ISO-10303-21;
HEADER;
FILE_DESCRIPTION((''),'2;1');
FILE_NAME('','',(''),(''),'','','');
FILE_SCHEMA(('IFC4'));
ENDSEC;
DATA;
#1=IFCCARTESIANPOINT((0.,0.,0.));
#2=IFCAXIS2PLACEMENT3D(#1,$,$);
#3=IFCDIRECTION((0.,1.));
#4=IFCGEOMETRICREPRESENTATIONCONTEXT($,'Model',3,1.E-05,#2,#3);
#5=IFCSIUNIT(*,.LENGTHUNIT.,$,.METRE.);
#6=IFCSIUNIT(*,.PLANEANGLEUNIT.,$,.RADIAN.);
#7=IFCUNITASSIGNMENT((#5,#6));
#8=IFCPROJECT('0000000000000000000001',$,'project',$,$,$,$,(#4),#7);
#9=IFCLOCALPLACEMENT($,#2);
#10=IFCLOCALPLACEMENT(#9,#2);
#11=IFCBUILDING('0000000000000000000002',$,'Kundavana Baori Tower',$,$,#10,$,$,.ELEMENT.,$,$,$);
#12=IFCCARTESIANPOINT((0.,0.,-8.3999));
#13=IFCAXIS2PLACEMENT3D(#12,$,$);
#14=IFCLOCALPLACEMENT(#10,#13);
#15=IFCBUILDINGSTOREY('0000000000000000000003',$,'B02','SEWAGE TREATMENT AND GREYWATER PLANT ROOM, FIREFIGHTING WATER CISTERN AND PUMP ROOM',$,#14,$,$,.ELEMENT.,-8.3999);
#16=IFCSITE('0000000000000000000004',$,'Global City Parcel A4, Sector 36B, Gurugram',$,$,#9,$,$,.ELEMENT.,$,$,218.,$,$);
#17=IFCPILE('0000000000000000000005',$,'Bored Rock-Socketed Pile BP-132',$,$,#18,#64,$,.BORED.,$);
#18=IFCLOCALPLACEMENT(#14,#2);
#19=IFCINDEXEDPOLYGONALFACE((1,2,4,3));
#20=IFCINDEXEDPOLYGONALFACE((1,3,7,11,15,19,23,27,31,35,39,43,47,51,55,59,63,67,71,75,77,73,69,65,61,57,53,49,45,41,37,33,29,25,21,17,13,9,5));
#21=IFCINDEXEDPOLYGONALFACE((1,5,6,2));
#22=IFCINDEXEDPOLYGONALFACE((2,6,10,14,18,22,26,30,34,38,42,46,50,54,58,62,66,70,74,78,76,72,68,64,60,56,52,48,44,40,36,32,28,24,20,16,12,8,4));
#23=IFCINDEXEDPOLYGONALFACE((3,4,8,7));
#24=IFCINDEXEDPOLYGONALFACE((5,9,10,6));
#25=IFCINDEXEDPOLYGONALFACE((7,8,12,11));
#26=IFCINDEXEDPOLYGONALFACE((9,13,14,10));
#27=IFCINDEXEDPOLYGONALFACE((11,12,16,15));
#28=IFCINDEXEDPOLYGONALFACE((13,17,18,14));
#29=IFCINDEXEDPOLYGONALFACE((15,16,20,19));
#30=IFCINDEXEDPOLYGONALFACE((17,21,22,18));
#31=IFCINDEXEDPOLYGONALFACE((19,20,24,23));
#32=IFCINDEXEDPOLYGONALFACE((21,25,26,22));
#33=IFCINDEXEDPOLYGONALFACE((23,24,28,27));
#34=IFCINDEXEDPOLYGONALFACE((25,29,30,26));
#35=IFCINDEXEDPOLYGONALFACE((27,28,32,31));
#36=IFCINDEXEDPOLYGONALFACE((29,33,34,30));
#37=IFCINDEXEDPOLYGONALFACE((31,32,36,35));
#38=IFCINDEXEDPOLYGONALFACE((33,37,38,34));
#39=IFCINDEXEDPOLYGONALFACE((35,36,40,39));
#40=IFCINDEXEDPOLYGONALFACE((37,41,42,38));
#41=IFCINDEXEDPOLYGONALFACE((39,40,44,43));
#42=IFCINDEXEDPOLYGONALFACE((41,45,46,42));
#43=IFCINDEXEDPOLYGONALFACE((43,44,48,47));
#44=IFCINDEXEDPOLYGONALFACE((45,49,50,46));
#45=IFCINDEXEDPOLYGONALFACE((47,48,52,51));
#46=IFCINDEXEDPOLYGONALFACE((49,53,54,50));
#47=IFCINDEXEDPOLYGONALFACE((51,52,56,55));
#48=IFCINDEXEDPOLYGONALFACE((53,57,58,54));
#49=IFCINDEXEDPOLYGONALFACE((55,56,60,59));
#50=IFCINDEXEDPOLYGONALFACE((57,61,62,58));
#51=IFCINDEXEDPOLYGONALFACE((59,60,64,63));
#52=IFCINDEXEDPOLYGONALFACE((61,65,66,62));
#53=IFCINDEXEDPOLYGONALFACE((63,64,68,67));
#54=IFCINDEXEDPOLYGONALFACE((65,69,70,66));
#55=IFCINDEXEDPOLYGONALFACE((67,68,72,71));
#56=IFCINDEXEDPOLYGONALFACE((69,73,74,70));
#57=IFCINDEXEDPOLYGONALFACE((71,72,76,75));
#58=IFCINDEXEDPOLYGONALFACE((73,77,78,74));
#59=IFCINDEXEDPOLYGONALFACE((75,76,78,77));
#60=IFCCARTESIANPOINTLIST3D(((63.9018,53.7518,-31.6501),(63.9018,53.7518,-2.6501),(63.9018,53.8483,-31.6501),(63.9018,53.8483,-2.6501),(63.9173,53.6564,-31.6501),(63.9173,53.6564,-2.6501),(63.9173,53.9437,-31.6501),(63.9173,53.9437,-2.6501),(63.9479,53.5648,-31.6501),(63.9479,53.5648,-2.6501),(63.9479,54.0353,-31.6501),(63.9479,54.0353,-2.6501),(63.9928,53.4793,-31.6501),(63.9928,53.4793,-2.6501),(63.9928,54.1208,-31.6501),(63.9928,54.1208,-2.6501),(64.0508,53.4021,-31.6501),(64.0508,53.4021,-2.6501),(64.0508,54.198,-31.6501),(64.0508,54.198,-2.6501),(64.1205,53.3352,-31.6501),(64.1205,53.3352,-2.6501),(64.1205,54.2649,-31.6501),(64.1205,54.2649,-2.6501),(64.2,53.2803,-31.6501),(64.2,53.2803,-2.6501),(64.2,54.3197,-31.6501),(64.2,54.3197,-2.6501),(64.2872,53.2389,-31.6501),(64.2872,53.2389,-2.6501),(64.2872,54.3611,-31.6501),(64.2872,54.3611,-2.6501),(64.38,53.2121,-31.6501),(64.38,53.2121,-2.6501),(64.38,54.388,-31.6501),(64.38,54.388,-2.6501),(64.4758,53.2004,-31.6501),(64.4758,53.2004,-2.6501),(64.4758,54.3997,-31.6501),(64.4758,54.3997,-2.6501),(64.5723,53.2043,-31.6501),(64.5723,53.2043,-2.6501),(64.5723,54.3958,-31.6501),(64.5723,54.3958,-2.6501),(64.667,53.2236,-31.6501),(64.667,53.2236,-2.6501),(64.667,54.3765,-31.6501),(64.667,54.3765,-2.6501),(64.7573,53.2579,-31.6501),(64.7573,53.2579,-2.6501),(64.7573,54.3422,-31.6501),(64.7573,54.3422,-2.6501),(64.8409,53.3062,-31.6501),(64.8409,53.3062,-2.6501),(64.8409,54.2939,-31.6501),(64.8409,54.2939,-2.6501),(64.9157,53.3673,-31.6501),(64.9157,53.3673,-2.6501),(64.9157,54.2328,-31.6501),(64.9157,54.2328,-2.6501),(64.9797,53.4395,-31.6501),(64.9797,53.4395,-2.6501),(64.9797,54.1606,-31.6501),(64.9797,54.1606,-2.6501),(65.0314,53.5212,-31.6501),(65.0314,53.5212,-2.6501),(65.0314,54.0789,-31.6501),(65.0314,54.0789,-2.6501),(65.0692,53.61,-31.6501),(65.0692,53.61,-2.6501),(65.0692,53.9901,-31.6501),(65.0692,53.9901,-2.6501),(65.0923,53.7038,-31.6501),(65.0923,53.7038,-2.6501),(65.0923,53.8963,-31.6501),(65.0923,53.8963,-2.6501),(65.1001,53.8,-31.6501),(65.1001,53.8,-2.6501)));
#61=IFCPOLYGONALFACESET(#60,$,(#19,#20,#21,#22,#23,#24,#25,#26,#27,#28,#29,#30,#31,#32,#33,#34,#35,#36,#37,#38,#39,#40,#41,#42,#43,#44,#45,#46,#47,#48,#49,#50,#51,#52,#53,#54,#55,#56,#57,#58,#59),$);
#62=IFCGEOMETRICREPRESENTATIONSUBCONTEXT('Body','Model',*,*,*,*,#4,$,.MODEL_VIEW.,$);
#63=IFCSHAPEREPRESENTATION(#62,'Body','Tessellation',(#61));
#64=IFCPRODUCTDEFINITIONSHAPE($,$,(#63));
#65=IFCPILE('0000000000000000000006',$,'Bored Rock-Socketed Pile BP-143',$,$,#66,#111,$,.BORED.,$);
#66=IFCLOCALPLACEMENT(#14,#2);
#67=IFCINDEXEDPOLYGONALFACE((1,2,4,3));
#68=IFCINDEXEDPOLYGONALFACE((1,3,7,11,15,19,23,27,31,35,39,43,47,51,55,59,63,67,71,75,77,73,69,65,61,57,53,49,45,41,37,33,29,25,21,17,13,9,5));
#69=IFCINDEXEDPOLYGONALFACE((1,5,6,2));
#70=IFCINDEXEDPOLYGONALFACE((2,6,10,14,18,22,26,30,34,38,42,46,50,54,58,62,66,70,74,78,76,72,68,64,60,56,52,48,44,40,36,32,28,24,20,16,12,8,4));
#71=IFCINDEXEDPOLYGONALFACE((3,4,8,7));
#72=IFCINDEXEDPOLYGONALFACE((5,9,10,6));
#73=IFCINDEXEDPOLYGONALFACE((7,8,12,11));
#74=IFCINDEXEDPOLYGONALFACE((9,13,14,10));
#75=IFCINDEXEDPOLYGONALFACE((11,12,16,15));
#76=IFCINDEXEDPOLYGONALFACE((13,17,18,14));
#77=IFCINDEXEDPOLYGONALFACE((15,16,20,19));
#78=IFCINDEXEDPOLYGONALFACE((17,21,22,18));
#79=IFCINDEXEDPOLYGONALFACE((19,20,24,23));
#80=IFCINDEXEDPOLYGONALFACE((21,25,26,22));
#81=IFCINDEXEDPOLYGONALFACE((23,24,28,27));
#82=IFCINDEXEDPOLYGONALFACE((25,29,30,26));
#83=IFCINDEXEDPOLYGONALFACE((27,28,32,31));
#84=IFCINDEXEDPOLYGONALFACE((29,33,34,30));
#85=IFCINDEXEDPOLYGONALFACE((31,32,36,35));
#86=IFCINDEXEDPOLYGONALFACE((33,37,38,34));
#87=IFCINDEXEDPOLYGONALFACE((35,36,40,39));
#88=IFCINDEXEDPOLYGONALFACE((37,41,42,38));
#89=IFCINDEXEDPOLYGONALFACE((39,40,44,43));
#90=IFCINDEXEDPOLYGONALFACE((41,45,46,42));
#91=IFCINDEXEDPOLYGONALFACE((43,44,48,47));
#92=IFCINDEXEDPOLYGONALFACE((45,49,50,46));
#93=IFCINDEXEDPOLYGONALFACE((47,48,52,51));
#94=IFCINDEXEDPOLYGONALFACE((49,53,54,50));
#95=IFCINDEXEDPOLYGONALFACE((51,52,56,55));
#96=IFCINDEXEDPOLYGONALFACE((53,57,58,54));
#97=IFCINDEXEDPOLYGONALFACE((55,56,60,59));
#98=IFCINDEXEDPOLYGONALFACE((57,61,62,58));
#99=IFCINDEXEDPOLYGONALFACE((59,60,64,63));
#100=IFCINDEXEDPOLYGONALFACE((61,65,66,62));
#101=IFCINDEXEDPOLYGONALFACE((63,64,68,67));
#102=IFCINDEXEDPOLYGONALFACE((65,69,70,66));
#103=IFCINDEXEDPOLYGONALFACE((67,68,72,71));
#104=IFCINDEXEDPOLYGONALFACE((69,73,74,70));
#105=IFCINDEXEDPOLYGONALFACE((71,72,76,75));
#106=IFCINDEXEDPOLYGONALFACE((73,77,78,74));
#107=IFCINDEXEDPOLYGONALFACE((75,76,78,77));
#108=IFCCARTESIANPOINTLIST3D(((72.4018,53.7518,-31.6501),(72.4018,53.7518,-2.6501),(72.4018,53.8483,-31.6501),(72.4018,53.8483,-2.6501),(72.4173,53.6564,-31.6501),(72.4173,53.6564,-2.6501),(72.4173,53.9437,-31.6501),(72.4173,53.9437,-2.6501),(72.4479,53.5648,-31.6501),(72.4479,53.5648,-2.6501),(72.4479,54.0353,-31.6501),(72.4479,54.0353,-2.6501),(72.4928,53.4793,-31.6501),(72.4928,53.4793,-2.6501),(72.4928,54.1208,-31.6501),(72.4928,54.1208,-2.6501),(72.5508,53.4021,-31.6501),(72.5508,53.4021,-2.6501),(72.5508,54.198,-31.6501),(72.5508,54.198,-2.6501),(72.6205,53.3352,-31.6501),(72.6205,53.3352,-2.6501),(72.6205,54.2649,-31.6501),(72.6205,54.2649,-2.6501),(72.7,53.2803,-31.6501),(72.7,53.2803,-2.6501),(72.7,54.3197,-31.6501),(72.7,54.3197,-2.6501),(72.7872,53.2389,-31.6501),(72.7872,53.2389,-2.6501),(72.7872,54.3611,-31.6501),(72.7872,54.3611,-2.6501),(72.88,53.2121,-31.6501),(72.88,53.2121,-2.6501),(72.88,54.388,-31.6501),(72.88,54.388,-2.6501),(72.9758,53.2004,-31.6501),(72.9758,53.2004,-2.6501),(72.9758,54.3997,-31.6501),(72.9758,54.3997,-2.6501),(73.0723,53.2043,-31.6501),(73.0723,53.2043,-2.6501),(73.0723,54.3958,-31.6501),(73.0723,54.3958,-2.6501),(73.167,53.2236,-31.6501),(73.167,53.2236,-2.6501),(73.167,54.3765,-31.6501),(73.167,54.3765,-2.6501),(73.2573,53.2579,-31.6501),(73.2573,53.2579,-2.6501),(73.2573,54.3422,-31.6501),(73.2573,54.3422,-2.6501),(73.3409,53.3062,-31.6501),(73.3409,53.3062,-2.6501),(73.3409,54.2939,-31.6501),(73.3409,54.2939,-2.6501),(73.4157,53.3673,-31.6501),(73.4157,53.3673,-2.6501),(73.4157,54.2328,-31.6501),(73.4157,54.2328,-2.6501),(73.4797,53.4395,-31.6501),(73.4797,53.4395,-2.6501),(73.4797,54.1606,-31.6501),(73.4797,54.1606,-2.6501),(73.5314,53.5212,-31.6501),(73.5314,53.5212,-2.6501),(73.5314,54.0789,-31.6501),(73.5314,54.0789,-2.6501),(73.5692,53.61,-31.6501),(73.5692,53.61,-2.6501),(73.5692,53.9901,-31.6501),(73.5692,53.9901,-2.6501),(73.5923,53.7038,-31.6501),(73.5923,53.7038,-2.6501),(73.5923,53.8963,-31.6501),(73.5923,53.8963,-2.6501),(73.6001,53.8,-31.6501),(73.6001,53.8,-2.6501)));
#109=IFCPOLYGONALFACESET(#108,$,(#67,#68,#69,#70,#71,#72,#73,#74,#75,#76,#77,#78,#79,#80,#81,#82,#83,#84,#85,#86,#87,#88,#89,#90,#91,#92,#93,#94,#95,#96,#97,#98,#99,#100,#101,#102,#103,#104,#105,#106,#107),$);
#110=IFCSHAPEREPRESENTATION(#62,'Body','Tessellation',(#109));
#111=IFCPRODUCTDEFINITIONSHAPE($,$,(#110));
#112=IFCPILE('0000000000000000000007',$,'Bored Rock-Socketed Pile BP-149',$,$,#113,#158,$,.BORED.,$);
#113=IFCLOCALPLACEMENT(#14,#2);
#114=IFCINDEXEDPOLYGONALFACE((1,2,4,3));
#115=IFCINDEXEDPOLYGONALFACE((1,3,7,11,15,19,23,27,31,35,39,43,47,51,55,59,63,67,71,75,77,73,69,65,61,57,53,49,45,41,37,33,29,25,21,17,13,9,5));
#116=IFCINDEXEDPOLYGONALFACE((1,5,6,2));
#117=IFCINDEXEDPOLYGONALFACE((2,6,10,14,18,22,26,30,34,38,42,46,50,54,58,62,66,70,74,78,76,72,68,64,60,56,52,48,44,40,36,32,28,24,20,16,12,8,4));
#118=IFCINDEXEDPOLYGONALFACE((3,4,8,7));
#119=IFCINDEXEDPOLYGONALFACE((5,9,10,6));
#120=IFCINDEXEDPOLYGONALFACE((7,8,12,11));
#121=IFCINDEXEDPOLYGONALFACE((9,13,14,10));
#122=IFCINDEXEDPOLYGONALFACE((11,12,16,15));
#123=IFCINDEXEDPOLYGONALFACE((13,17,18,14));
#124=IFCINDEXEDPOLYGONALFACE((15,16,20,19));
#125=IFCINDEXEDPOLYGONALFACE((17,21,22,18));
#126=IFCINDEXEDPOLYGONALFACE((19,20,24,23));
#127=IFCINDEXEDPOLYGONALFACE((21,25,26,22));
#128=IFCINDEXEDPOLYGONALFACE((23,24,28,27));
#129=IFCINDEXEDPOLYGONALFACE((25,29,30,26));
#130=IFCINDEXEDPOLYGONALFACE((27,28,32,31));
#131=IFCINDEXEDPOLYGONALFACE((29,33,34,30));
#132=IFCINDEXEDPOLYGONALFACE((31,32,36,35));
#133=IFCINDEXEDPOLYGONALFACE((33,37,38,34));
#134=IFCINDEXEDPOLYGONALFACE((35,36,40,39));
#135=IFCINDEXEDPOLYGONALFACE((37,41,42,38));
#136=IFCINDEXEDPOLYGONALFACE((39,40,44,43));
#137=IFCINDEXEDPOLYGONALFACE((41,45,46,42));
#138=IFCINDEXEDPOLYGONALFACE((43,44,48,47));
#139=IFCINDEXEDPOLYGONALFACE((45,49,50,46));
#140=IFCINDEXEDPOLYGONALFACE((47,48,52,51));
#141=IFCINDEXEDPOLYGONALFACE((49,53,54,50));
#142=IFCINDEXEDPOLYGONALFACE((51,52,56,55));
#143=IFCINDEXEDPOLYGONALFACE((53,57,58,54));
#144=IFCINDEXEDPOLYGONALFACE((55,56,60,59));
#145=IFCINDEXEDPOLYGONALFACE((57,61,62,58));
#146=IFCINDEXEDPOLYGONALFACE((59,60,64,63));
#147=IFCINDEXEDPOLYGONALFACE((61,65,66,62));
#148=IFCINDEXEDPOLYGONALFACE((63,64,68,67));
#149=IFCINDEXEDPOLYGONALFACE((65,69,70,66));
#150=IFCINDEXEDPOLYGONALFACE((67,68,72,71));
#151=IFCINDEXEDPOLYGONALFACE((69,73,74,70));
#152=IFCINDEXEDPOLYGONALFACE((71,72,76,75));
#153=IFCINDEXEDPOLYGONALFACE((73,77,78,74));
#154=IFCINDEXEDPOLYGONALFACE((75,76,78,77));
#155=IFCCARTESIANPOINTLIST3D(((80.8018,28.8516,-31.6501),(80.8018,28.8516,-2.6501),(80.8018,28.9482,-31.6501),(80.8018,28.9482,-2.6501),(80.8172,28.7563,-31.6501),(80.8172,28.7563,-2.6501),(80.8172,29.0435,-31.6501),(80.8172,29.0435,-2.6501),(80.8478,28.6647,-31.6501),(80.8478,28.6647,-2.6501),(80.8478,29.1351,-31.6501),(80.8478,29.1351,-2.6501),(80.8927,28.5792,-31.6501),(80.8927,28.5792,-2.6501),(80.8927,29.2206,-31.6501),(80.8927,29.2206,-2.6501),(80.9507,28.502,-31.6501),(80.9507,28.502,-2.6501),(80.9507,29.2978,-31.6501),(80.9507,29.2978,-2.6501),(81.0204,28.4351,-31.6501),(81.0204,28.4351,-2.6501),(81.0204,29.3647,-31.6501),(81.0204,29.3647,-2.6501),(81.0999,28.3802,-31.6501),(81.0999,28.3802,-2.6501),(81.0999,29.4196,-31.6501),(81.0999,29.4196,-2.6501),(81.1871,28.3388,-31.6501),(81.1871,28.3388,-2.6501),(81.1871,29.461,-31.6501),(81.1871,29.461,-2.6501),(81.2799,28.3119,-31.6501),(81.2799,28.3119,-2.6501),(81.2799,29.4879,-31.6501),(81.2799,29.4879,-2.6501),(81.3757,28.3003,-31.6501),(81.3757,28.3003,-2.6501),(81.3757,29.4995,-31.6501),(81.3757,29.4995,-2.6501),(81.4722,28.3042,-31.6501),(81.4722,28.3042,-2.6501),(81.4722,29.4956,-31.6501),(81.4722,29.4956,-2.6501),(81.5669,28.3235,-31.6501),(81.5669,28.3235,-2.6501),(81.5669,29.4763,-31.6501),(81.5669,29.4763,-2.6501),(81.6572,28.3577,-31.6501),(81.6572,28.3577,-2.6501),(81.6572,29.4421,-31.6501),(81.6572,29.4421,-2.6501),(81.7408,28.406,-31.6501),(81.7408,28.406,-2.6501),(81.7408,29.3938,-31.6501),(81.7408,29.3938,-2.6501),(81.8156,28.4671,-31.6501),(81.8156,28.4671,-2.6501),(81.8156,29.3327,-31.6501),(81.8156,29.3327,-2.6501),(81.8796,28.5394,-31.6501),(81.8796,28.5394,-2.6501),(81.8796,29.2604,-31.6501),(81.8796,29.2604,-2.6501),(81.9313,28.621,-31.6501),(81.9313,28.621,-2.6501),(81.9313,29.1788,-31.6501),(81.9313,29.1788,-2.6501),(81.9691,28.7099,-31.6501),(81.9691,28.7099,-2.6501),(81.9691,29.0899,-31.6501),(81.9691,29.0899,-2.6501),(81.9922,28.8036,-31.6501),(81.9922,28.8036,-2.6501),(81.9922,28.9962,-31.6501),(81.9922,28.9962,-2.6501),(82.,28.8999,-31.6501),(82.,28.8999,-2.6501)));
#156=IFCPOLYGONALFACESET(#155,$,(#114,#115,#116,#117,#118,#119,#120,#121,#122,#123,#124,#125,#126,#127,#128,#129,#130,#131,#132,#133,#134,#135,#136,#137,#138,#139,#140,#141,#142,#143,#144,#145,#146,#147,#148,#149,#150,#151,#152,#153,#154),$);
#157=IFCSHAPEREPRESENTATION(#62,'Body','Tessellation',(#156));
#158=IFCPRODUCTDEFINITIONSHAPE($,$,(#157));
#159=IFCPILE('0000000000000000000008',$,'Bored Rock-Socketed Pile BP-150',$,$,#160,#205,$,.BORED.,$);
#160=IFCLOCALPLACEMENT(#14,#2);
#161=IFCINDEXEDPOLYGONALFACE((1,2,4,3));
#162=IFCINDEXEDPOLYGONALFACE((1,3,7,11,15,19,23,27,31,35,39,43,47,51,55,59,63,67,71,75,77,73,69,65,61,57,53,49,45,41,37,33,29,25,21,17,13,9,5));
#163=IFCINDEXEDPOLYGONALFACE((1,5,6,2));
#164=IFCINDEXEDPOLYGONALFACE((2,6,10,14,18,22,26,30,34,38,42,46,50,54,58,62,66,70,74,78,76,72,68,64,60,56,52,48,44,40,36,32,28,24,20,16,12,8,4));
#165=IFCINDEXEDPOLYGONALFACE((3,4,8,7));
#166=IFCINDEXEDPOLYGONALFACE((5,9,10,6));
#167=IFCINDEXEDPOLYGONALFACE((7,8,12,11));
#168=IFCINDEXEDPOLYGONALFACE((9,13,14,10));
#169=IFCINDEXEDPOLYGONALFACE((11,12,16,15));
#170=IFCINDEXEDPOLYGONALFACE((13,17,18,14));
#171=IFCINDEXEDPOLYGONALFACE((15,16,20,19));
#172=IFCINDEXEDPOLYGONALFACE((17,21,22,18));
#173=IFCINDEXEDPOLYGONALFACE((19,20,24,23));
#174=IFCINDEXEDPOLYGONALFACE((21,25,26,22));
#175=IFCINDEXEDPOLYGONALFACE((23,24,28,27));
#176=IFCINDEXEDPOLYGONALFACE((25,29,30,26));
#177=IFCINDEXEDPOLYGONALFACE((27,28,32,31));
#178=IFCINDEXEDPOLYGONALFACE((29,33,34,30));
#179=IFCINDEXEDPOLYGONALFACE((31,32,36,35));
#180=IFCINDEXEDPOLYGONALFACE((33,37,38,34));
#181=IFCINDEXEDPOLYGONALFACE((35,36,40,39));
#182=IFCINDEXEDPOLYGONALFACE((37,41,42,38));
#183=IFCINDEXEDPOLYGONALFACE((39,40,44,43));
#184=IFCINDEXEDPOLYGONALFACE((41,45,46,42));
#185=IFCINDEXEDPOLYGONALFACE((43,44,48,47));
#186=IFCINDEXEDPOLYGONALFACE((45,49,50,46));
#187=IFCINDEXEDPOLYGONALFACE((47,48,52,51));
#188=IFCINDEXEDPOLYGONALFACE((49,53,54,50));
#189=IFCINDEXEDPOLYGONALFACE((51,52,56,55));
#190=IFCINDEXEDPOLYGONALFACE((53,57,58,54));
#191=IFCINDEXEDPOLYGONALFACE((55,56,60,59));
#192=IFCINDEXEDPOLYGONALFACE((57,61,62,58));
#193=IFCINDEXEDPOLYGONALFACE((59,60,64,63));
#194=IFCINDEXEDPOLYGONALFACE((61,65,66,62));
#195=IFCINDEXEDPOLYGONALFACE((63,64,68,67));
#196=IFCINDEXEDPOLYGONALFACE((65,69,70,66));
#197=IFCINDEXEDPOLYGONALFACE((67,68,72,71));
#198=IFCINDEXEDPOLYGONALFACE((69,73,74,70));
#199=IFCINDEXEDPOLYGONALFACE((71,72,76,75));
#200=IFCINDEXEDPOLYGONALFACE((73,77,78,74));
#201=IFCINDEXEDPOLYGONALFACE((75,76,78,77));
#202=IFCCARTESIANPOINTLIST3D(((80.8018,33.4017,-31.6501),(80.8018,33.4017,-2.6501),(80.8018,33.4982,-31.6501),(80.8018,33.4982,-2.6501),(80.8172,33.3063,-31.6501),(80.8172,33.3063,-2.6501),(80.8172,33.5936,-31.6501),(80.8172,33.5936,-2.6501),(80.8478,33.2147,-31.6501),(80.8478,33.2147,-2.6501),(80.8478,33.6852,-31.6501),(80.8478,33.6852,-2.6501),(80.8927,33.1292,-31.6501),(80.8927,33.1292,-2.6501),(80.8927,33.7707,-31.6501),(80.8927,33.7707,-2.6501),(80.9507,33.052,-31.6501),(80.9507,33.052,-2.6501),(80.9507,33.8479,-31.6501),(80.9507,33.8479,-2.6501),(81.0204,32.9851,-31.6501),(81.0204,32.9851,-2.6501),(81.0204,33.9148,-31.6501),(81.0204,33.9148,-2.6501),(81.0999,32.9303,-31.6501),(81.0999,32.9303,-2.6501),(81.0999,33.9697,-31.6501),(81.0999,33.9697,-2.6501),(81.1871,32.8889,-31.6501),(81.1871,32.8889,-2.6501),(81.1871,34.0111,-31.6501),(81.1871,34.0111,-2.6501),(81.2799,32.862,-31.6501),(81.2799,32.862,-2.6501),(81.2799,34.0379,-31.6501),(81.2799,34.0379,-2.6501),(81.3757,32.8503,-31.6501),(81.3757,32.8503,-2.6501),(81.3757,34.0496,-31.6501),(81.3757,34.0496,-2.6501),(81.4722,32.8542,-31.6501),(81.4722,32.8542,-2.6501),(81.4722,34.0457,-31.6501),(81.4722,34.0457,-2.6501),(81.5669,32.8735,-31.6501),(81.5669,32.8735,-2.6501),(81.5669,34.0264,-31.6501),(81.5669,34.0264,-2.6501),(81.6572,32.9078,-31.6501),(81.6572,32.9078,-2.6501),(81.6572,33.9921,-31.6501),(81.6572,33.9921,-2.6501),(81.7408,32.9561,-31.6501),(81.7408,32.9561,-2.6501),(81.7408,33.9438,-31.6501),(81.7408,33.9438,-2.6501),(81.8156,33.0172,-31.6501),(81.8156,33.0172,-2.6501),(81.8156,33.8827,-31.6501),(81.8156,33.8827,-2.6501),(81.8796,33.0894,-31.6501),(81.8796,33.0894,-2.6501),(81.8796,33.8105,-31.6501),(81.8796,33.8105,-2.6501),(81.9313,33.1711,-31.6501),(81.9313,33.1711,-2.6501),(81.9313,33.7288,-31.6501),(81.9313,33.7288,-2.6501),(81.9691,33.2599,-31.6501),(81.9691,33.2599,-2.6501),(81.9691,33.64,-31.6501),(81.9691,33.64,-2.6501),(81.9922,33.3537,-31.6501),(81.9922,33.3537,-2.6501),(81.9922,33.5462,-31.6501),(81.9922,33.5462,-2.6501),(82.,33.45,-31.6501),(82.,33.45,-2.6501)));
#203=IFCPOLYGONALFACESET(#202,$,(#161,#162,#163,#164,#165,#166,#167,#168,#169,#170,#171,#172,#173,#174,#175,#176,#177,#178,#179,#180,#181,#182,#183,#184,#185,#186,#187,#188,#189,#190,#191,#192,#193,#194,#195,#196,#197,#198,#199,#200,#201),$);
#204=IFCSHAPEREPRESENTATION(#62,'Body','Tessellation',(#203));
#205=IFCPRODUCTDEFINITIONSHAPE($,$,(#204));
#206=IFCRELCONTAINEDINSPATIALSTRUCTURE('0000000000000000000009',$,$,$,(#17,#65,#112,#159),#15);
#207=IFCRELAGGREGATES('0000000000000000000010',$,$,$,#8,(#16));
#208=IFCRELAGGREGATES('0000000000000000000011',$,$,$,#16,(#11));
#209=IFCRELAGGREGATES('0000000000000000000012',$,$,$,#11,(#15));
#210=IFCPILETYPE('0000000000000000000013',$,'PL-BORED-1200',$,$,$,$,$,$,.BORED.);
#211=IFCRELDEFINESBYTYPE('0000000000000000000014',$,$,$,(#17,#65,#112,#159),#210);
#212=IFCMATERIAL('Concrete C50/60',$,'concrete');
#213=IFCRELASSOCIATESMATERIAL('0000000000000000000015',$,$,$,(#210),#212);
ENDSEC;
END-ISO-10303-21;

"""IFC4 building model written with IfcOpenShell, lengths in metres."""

from ifc_helpers import new_model, si_unit, direction, frame, origin, origin_2d, place, context, subcontext, project, spatial, circle, extrude, material, material_profile, profile_set, type_object, element, save


model = new_model("IFC4")

# Units and contexts
model_context = context("Model", 3, precision=1e-05, world=origin(), true_north=direction((0.0, 1.0)))
body_context = subcontext(model_context, "Body", "Model", "MODEL_VIEW")
ifc_project = project(units=[si_unit("LENGTHUNIT", "METRE"), si_unit("PLANEANGLEUNIT", "RADIAN")], contexts=[model_context])

# Site, building, storey
site_placement = place(None, origin())
site = spatial("IfcSite", under=ifc_project, at=site_placement, Name="Global City Parcel A4, Sector 36B, Gurugram", CompositionType="ELEMENT", RefElevation=218.0)
building_placement = place(site_placement, origin())
building = spatial("IfcBuilding", under=site, at=building_placement, Name="Kundavana Baori Tower", CompositionType="ELEMENT")
storey_placement = place(building_placement, frame((0.0, 0.0, -8.3999)))
storey = spatial("IfcBuildingStorey", under=building, at=storey_placement, Name="B02", Description="SEWAGE TREATMENT AND GREYWATER PLANT ROOM, FIREFIGHTING WATER CISTERN AND PUMP ROOM", CompositionType="ELEMENT", Elevation=-8.3999)

# Piles
ifc_material_1 = material(Name="Concrete C50/60", Category="concrete")
ifc_material_profile_1 = material_profile(ifc_material_1, circle(Radius=0.6001, at=origin_2d()), Name="BORED PILE D1200")
ifc_profile_set_1 = profile_set([ifc_material_profile_1], Name="Concrete C50/60")
pile_type_1 = type_object("IfcPileType", Name="PL-BORED-1200", PredefinedType="BORED", material=ifc_profile_set_1)
for number, where, z_axis, x_axis, name in (
    (1, (64.5, 53.8, -2.6501), (0.0, 0.0, -1.0), (1.0, 0.0, 0.0), "Bored Rock-Socketed Pile BP-132"),
    (2, (73.0, 53.8, -2.6501), (0.0, 0.0, -1.0), (1.0, 0.0, 0.0), "Bored Rock-Socketed Pile BP-143"),
    (3, (81.3999, 28.8999, -2.6501), (0.0, 0.0, -1.0), (1.0, 0.0, 0.0), "Bored Rock-Socketed Pile BP-149"),
    (4, (81.3999, 33.45, -2.6501), (0.0, 0.0, -1.0), (1.0, 0.0, 0.0), "Bored Rock-Socketed Pile BP-150"),
):
    element("IfcPile", number, at=place(storey_placement, frame(where, z_axis=z_axis, x_axis=x_axis)), inside=storey, type_object=pile_type_1, Name=name, PredefinedType="BORED", context=body_context, shape_type="SweptSolid", body=[
        extrude(circle(Radius=0.6001, at=origin_2d()), origin(), (0.0, 0.0, 1.0), 29.0),
    ])

save(model, "model.ifc")
